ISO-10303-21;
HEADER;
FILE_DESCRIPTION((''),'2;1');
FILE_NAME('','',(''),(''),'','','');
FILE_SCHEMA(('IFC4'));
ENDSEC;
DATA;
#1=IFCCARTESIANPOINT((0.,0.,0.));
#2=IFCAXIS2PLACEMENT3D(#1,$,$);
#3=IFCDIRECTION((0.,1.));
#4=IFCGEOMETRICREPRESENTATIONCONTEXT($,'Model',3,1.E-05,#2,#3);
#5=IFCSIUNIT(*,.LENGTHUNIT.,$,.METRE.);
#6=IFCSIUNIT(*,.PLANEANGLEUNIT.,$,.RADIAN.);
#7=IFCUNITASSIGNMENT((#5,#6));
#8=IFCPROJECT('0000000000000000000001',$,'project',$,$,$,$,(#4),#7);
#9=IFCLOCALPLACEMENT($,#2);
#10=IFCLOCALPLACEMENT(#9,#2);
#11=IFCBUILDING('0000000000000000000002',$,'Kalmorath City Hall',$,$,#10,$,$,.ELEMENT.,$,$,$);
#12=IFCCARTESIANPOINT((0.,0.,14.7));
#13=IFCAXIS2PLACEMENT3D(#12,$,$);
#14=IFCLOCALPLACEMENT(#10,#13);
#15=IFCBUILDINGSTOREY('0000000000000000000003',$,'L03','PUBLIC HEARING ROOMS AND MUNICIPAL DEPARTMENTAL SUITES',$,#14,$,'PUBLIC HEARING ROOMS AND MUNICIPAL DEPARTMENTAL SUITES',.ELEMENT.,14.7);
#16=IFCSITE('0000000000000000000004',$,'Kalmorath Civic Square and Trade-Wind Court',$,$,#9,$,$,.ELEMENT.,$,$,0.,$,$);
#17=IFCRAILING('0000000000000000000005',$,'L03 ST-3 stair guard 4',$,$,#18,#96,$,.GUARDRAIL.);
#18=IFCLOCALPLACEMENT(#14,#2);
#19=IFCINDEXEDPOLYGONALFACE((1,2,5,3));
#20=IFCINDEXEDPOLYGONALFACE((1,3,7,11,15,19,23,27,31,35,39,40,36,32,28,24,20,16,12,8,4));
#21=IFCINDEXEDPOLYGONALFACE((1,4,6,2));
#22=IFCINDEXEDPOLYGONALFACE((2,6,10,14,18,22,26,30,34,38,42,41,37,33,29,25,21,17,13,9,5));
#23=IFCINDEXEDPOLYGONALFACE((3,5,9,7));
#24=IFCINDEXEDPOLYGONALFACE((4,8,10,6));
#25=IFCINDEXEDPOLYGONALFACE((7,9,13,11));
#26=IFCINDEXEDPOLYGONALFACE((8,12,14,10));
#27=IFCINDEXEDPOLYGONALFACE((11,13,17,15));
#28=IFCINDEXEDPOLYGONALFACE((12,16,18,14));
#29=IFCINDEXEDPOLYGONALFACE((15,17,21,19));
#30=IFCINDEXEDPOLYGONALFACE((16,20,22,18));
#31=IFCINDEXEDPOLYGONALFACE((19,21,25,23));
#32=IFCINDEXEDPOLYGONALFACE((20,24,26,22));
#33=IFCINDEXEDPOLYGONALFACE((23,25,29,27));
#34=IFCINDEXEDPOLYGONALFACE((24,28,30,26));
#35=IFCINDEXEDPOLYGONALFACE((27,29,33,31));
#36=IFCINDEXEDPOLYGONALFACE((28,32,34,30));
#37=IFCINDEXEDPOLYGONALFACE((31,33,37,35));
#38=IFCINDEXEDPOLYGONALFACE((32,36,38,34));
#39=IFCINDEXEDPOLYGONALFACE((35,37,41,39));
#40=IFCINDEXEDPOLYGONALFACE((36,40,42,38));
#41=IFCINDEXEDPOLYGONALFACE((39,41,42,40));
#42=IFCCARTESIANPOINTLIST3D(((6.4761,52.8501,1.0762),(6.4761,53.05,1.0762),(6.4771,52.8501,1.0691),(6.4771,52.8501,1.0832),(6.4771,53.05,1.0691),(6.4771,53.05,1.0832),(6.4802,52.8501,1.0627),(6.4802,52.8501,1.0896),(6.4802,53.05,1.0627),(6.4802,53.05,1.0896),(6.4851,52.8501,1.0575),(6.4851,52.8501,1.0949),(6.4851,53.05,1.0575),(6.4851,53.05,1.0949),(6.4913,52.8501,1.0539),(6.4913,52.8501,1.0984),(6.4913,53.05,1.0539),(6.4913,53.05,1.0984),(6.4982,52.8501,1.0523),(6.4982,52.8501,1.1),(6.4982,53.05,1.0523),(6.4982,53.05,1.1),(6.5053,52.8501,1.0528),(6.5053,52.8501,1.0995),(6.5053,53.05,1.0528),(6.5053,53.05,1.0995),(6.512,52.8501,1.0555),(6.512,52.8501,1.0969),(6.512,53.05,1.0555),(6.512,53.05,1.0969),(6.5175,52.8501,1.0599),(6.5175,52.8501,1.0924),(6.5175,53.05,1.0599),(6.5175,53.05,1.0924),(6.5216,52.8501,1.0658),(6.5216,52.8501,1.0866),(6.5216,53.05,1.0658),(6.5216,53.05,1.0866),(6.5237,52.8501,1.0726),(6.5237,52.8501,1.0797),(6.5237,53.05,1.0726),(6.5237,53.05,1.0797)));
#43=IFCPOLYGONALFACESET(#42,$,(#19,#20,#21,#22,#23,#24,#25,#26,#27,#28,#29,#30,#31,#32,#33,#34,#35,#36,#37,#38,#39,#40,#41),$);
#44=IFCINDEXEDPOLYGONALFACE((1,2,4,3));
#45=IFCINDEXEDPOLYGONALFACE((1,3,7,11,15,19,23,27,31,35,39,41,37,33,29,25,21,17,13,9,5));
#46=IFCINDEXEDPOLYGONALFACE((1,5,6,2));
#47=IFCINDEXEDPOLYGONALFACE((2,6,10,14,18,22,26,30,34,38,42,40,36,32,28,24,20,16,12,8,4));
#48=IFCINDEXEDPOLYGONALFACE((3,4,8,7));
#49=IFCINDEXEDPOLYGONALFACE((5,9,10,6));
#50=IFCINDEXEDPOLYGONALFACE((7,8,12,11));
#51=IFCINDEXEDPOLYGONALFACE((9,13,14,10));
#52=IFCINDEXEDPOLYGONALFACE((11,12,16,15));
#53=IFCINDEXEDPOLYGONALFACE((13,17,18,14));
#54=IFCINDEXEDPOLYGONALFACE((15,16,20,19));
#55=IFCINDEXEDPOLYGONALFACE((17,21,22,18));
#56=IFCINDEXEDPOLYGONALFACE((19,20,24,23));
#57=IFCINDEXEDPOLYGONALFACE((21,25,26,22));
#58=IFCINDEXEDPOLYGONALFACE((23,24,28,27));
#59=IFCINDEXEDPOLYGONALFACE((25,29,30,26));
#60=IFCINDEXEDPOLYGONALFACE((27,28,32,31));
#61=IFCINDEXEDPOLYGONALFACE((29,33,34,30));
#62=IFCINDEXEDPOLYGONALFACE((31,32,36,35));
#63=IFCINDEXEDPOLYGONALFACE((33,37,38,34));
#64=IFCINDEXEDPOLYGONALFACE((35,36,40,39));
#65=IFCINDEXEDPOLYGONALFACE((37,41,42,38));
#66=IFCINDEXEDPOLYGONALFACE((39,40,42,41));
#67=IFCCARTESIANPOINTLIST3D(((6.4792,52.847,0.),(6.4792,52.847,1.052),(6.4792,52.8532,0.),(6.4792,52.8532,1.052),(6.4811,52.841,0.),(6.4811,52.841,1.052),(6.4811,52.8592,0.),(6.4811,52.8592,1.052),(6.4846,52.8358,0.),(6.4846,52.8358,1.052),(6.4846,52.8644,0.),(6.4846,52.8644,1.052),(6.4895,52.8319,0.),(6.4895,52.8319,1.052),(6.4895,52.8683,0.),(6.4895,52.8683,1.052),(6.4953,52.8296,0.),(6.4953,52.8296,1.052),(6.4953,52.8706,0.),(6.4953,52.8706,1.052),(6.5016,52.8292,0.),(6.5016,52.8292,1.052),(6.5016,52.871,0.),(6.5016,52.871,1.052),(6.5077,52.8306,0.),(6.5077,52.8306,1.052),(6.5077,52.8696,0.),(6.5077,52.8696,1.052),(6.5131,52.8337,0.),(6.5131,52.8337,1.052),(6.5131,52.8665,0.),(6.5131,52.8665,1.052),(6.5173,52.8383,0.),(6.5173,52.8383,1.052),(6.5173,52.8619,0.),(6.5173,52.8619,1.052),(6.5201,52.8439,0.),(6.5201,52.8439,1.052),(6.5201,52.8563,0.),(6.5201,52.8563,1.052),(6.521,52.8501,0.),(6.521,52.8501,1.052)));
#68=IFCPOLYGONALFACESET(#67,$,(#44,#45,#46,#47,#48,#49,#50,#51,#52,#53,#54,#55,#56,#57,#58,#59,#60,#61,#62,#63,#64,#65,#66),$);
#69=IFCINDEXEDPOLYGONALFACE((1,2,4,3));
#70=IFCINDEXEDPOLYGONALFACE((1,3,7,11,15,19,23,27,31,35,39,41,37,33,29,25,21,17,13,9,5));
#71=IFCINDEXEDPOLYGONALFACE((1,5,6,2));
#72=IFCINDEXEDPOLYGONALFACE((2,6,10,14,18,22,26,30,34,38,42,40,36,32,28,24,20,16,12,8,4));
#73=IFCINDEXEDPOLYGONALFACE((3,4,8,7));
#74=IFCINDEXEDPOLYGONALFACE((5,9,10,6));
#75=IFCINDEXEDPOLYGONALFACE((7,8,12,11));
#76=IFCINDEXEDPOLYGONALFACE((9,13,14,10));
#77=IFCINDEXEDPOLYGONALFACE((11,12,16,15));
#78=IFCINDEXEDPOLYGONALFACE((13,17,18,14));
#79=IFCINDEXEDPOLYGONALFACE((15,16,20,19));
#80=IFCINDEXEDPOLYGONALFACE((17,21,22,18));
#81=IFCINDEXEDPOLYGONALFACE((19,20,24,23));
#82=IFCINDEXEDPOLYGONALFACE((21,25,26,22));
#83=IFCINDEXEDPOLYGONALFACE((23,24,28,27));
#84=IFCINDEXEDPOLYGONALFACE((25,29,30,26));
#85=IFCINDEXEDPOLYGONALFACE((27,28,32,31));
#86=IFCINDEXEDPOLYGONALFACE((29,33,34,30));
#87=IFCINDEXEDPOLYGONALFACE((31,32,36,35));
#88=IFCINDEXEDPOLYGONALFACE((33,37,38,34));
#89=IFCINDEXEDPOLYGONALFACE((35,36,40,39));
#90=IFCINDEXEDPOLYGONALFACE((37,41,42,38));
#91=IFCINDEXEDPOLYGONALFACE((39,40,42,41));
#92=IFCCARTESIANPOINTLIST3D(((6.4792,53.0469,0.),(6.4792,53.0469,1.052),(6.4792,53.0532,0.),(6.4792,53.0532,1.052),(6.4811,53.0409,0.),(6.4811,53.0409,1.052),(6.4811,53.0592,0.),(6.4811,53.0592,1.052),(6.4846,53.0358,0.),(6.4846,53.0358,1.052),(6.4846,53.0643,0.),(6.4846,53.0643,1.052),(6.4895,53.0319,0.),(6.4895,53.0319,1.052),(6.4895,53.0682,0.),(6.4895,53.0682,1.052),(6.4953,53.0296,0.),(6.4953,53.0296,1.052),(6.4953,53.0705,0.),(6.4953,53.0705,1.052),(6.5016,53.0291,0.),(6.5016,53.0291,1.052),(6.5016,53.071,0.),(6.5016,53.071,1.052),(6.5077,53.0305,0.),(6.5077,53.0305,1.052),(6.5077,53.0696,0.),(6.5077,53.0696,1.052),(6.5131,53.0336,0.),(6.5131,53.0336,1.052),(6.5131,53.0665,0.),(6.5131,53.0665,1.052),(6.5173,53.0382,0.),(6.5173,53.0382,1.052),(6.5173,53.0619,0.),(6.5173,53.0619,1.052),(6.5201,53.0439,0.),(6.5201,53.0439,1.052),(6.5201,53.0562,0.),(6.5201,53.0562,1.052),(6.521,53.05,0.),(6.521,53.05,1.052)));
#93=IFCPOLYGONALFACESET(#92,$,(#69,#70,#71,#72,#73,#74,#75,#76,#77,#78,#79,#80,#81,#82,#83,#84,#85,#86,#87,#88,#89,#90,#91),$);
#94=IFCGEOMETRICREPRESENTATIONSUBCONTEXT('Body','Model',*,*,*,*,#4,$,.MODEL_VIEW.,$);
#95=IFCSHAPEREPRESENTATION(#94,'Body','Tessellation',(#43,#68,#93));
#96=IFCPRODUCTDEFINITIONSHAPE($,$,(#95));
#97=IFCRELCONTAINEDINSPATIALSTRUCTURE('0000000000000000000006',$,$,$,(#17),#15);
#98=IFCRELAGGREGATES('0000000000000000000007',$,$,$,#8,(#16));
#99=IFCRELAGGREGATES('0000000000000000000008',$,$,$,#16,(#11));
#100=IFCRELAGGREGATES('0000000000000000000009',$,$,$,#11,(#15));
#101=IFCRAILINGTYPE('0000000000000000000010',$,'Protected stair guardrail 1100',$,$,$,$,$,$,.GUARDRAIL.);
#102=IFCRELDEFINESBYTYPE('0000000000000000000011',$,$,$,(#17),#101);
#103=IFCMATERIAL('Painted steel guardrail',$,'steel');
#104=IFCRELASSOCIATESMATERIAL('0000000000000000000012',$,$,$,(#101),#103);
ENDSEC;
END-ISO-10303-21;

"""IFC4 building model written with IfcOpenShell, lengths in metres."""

from ifc_helpers import new_model, si_unit, direction, frame, origin, origin_2d, place, context, subcontext, project, spatial, circle, extrude, material, type_object, element, save


model = new_model("IFC4")

# Units and contexts
model_context = context("Model", 3, precision=1e-05, world=origin(), true_north=direction((0.0, 1.0)))
body_context = subcontext(model_context, "Body", "Model", "MODEL_VIEW")
ifc_project = project(units=[si_unit("LENGTHUNIT", "METRE"), si_unit("PLANEANGLEUNIT", "RADIAN")], contexts=[model_context])

# Site, building, storey
site_placement = place(None, origin())
site = spatial("IfcSite", under=ifc_project, at=site_placement, Name="Kalmorath Civic Square and Trade-Wind Court", CompositionType="ELEMENT", RefElevation=0.0)
building_placement = place(site_placement, origin())
building = spatial("IfcBuilding", under=site, at=building_placement, Name="Kalmorath City Hall", CompositionType="ELEMENT")
storey_placement = place(building_placement, frame((0.0, 0.0, 14.7)))
storey = spatial("IfcBuildingStorey", under=building, at=storey_placement, Name="L03", Description="PUBLIC HEARING ROOMS AND MUNICIPAL DEPARTMENTAL SUITES", LongName="PUBLIC HEARING ROOMS AND MUNICIPAL DEPARTMENTAL SUITES", CompositionType="ELEMENT", Elevation=14.7)

# Railing
ifc_material_1 = material(Name="Painted steel guardrail", Category="steel")
railing_type_1 = type_object("IfcRailingType", Name="Protected stair guardrail 1100", PredefinedType="GUARDRAIL", material=ifc_material_1)
railing_1_placement = place(storey_placement, frame((6.5, 52.8501, 0.0)))
element("IfcRailing", 1, at=railing_1_placement, inside=storey, type_object=railing_type_1, Name="L03 ST-3 stair guard 4", PredefinedType="GUARDRAIL", context=body_context, shape_type="SweptSolid", body=[
    extrude(circle(Radius=0.0239, at=origin_2d()), frame((0.0, 0.0, 1.0762), z_axis=(0.0, 1.0, 0.0), x_axis=(-1.0, 0.0, 0.0)), (0.0, 0.0, 1.0), 0.2),
    extrude(circle(Radius=0.021, at=origin_2d()), origin(), (0.0, 0.0, 1.0), 1.052),
    extrude(circle(Radius=0.021, at=origin_2d()), frame((0.0, 0.2, 0.0)), (0.0, 0.0, 1.0), 1.052),
])

save(model, "model.ifc")
